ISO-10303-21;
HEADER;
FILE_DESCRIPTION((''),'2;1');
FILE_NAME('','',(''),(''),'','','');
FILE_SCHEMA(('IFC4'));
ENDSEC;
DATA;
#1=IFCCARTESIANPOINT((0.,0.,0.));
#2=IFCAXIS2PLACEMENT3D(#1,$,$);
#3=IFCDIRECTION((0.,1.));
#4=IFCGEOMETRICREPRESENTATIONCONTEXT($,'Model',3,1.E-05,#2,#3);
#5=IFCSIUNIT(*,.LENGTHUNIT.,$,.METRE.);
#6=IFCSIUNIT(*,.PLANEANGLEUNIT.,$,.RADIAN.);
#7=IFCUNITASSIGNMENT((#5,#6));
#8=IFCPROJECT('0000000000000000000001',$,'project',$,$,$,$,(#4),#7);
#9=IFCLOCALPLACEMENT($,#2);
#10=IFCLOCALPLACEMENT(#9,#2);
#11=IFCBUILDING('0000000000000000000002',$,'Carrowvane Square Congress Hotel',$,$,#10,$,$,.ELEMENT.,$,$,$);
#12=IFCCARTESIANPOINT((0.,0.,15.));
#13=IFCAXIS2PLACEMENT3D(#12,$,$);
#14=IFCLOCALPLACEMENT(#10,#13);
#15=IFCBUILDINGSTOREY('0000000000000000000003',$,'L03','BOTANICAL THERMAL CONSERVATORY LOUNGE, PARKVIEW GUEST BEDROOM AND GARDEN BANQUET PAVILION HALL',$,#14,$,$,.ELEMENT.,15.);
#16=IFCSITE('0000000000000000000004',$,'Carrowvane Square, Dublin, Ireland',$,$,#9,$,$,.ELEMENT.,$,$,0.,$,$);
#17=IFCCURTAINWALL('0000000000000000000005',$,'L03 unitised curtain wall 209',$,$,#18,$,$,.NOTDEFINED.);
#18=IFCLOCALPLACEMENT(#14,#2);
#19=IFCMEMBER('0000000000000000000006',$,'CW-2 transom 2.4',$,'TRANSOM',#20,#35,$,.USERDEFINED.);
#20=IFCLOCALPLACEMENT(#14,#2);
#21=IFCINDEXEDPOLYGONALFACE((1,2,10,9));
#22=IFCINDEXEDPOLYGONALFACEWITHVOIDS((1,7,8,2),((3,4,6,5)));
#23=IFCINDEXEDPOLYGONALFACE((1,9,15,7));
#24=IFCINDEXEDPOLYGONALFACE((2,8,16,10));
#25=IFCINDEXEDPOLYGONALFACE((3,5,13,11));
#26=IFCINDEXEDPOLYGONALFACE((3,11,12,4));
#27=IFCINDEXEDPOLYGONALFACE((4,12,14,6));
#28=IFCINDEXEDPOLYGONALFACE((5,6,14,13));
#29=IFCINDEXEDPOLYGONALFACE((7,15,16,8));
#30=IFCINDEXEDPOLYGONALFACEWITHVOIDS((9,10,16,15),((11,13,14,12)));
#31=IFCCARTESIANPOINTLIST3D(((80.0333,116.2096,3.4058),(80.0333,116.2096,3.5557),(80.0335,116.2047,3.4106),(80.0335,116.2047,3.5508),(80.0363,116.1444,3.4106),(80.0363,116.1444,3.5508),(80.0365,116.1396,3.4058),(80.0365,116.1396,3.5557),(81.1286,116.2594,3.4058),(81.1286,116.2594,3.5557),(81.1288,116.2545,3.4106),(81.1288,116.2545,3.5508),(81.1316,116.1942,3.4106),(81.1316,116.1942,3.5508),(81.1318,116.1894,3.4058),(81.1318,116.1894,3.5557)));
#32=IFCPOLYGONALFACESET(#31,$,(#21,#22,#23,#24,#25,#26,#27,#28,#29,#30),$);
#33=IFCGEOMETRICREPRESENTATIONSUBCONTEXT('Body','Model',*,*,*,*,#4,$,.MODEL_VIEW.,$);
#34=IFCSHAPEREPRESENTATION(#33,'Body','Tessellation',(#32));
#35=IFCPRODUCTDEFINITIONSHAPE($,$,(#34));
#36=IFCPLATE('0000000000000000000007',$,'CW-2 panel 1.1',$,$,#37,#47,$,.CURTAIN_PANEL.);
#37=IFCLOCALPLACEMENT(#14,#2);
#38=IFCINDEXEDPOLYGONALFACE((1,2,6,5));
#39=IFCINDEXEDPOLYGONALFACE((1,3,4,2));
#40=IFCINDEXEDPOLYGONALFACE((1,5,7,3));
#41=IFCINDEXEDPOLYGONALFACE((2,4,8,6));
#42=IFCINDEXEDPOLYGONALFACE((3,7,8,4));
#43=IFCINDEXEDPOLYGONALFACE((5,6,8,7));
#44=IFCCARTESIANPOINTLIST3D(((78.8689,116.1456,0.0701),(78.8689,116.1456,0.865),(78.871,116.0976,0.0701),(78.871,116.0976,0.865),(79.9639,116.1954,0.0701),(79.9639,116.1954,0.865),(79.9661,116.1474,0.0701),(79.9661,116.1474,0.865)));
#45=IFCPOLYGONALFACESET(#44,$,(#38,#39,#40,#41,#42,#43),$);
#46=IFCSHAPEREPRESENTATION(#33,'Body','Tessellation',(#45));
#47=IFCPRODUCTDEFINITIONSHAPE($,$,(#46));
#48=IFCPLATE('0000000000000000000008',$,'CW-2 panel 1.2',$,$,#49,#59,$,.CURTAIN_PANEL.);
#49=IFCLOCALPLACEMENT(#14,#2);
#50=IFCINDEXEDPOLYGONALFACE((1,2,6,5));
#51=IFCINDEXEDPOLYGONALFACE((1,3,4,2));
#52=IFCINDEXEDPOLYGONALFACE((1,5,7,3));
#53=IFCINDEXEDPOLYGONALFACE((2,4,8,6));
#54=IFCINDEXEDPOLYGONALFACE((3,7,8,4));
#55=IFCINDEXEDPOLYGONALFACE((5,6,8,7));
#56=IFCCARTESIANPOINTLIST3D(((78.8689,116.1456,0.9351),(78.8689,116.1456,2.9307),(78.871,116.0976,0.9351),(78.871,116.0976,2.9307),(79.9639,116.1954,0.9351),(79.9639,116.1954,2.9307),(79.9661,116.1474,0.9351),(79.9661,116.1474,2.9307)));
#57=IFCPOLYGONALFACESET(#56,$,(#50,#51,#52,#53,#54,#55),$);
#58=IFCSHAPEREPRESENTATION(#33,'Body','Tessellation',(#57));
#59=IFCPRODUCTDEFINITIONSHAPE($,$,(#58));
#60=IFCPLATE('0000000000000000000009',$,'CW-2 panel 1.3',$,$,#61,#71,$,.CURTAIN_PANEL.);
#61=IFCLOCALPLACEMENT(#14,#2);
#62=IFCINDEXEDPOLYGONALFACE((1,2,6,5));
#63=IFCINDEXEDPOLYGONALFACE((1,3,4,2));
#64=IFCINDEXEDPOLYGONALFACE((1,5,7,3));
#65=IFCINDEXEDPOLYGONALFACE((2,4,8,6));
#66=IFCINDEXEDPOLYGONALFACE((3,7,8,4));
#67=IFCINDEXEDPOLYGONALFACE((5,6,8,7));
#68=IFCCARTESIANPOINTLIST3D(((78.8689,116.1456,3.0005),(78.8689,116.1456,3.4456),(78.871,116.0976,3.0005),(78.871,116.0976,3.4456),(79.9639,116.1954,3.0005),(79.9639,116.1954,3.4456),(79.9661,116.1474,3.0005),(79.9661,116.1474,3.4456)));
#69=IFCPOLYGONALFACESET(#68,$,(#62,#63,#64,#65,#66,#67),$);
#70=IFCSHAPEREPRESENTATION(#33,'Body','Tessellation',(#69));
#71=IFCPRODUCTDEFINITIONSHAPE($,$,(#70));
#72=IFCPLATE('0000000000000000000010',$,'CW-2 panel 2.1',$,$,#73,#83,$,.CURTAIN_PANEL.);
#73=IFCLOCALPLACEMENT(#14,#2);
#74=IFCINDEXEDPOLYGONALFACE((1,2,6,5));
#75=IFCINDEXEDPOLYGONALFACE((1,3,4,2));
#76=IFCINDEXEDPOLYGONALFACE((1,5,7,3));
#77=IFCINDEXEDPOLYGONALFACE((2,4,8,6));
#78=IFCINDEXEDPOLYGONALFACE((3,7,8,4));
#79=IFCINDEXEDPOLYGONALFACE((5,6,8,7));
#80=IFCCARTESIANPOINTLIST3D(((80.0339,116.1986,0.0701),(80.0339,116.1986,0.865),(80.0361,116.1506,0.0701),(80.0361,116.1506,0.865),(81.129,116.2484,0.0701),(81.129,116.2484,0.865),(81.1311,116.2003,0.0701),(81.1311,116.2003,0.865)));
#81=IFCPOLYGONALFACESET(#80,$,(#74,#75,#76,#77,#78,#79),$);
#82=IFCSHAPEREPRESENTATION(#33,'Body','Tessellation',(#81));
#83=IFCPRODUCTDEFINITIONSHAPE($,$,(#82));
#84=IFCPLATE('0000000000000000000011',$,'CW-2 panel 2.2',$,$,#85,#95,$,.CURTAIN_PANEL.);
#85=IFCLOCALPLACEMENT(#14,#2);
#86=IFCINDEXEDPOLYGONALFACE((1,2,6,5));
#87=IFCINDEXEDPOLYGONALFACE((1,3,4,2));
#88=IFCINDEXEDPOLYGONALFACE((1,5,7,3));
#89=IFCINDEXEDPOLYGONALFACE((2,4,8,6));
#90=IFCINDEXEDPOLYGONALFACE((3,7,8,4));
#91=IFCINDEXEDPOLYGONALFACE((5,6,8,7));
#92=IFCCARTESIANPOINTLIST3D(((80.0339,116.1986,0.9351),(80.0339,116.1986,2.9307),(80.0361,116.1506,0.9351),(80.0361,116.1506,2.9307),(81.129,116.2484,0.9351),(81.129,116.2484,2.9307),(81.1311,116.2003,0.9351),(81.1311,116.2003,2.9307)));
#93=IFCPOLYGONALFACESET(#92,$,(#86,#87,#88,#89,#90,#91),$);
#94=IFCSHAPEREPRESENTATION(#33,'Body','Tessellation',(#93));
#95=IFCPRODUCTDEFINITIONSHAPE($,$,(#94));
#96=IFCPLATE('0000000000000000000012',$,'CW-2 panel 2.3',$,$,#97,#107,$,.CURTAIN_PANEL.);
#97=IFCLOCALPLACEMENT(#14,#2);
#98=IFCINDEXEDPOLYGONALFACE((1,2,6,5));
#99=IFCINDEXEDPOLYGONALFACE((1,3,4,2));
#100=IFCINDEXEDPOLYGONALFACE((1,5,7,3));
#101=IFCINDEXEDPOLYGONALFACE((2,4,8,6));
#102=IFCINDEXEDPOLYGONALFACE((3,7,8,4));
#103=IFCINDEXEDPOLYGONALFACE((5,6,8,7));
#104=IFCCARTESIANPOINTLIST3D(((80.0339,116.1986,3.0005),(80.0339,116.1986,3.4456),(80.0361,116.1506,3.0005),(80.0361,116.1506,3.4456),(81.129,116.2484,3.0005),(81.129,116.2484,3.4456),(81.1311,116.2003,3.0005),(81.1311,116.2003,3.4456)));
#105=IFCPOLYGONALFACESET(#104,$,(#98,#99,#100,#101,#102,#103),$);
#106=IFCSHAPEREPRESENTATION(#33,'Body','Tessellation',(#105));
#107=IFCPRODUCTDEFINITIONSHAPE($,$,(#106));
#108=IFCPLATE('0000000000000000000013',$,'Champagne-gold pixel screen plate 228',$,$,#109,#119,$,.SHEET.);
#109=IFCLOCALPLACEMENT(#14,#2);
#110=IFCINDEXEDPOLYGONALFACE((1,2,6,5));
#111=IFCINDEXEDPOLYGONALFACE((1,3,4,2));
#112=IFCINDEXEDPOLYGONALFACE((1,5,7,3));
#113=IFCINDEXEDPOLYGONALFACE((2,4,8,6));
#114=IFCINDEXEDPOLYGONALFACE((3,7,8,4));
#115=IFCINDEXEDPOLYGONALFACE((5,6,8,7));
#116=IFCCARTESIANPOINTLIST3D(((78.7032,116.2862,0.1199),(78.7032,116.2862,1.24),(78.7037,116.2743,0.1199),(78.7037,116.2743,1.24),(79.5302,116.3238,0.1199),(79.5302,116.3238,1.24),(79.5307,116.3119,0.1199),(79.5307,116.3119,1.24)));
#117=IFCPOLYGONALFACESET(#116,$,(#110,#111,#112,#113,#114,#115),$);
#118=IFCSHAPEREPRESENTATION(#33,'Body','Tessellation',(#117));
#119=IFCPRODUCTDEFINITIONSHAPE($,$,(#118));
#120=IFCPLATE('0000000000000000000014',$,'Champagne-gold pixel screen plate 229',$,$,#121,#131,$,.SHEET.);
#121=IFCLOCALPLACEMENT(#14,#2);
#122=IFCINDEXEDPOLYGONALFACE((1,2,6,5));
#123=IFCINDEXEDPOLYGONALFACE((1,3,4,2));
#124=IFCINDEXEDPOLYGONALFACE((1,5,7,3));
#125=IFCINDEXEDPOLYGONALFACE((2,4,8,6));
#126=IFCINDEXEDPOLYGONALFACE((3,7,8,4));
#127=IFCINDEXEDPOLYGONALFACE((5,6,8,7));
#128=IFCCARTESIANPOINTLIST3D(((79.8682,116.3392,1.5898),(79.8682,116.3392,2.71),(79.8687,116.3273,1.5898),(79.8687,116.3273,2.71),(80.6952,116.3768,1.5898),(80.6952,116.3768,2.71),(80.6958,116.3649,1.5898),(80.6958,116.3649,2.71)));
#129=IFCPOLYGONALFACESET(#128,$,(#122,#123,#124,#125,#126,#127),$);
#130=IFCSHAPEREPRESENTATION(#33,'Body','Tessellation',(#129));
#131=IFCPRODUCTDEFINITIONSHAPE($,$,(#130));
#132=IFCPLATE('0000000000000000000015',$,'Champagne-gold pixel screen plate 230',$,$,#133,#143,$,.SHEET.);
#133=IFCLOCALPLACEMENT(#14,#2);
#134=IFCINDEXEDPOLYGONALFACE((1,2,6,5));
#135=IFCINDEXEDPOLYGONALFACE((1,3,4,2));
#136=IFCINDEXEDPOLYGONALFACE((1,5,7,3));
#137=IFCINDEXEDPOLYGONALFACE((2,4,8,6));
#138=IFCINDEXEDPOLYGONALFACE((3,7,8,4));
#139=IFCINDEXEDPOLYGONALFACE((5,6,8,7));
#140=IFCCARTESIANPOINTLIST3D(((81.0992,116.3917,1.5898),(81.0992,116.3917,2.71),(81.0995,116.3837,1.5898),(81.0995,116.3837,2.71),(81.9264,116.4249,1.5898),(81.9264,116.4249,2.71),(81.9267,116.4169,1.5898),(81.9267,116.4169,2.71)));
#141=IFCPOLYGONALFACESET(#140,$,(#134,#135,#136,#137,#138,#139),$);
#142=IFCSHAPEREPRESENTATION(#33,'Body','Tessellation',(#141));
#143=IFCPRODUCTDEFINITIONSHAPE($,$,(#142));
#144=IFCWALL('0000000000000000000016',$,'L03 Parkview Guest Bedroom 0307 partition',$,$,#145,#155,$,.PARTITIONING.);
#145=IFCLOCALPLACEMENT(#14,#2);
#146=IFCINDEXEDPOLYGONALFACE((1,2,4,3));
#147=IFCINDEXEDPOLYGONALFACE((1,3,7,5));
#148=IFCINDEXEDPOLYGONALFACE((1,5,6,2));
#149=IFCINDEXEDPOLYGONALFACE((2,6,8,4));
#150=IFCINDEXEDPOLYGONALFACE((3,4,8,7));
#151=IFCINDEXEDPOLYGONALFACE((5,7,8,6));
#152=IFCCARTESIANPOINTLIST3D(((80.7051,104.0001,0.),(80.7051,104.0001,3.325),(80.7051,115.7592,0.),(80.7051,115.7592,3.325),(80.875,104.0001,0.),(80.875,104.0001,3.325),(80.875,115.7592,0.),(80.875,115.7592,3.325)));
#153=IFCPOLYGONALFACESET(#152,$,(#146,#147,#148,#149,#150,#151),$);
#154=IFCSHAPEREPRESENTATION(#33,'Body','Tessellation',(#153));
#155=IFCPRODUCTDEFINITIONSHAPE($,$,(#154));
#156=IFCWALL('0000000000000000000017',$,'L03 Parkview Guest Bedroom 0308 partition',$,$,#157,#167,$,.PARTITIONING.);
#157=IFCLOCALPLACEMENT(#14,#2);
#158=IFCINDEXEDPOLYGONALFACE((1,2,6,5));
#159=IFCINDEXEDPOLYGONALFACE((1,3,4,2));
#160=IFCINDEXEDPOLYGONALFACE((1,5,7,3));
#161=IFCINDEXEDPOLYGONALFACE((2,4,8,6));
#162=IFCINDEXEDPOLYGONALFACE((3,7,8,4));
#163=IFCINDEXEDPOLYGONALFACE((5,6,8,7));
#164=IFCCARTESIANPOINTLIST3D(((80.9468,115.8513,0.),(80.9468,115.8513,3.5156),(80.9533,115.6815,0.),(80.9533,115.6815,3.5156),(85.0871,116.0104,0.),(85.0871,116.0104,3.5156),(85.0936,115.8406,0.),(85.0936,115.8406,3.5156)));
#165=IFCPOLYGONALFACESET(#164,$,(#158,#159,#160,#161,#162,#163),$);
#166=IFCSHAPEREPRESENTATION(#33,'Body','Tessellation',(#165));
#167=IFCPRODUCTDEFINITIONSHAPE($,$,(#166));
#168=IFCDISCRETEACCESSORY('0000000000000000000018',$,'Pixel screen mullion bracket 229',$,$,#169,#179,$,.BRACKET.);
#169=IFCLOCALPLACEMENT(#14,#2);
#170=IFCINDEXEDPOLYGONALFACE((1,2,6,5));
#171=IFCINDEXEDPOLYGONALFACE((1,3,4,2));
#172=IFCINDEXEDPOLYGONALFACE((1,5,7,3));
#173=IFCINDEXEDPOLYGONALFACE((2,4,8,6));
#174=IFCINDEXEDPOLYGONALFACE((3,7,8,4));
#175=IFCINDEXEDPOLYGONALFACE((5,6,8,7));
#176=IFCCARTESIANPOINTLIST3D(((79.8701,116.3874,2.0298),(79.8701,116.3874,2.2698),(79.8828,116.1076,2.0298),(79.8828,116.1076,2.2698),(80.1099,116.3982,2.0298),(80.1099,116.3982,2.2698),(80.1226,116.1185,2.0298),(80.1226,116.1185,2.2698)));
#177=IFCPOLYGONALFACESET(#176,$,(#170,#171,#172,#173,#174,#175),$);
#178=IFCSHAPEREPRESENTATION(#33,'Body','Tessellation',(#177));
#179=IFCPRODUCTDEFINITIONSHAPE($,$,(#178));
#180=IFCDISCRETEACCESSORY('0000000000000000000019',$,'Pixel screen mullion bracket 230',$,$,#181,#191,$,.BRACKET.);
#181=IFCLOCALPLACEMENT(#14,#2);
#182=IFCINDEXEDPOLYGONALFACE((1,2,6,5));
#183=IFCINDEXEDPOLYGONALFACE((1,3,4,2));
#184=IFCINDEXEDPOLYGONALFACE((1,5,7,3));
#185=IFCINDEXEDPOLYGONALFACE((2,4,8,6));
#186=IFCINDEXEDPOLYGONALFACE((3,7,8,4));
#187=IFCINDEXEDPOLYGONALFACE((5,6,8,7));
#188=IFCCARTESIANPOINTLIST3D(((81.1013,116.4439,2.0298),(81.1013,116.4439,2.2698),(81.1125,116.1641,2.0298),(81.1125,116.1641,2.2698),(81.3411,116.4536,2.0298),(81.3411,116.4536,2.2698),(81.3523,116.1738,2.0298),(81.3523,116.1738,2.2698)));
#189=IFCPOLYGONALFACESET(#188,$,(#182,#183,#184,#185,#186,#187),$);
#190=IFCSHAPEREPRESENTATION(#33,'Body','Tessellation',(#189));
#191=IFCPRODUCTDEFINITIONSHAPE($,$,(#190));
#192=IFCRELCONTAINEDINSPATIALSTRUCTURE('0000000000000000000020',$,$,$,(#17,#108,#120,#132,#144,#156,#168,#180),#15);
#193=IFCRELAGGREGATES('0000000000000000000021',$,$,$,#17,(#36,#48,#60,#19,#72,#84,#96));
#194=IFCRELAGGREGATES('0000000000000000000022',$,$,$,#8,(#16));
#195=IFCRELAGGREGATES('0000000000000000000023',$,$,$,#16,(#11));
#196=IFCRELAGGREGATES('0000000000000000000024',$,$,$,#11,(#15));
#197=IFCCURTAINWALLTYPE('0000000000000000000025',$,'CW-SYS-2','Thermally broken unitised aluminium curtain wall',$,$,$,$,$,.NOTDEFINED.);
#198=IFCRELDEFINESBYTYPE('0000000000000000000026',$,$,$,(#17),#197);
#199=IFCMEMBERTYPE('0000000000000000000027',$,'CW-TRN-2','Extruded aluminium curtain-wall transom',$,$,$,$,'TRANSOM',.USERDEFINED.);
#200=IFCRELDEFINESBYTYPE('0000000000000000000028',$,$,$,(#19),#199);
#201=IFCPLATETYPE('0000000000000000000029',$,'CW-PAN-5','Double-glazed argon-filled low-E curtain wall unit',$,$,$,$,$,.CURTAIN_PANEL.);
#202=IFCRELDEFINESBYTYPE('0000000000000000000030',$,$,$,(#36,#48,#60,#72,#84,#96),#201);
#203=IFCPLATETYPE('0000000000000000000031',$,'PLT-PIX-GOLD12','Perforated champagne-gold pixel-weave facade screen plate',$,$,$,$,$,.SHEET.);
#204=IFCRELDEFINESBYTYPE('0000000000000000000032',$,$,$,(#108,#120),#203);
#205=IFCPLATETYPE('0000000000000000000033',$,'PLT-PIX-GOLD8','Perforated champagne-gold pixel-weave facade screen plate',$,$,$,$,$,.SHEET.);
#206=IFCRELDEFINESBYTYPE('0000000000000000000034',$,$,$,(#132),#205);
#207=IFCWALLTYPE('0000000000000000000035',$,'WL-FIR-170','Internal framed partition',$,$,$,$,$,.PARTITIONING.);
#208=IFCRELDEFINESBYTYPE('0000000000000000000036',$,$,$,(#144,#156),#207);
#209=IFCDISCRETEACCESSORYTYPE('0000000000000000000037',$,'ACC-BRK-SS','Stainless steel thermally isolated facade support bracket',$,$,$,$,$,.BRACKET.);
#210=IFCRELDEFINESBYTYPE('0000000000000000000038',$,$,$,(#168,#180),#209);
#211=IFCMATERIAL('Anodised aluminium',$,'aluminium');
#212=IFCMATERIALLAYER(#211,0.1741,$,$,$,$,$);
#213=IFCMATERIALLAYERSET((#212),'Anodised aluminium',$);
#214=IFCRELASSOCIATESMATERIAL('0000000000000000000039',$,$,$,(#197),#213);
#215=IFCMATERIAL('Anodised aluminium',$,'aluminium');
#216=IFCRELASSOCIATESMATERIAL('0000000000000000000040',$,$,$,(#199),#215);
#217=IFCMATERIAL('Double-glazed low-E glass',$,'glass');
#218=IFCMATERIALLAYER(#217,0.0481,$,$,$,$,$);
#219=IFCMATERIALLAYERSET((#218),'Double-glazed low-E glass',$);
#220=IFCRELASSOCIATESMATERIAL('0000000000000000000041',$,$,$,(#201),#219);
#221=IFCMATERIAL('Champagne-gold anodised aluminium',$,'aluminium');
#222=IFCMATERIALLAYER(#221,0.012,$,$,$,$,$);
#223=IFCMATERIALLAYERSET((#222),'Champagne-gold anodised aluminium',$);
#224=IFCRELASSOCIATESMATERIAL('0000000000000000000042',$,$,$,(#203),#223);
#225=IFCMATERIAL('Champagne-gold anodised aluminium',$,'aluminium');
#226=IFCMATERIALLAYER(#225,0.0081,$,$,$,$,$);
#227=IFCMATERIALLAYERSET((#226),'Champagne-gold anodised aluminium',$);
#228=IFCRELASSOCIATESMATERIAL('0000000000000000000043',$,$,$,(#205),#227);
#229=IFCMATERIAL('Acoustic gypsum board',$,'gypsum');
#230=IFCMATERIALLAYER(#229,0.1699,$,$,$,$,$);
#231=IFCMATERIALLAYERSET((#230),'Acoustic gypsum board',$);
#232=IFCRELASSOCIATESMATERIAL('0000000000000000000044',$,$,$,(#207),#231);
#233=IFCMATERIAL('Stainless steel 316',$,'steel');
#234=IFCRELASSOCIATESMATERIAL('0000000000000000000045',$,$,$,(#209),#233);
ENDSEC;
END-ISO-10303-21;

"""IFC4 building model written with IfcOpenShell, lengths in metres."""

from ifc_helpers import new_model, si_unit, direction, frame, frame_2d, origin, origin_2d, place, context, subcontext, project, spatial, rectangle, hollow_rectangle, extrude, material, layer, layer_set, material_profile, profile_set, type_object, element, aggregate, save


model = new_model("IFC4")

# Units and contexts
model_context = context("Model", 3, precision=1e-05, world=origin(), true_north=direction((0.0, 1.0)))
body_context = subcontext(model_context, "Body", "Model", "MODEL_VIEW")
ifc_project = project(units=[si_unit("LENGTHUNIT", "METRE"), si_unit("PLANEANGLEUNIT", "RADIAN")], contexts=[model_context])

# Site, building, storey
site_placement = place(None, origin())
site = spatial("IfcSite", under=ifc_project, at=site_placement, Name="Carrowvane Square, Dublin, Ireland", CompositionType="ELEMENT", RefElevation=0.0)
building_placement = place(site_placement, origin())
building = spatial("IfcBuilding", under=site, at=building_placement, Name="Carrowvane Square Congress Hotel", CompositionType="ELEMENT")
storey_placement = place(building_placement, frame((0.0, 0.0, 15.0)))
storey = spatial("IfcBuildingStorey", under=building, at=storey_placement, Name="L03", Description="BOTANICAL THERMAL CONSERVATORY LOUNGE, PARKVIEW GUEST BEDROOM AND GARDEN BANQUET PAVILION HALL", CompositionType="ELEMENT", Elevation=15.0)

# Curtain wall
ifc_material_1 = material(Name="Anodised aluminium", Category="aluminium")
ifc_layer_1 = layer(ifc_material_1, 0.1741)
ifc_layer_set_1 = layer_set([ifc_layer_1], Name="Anodised aluminium")
curtain_wall_type_1 = type_object("IfcCurtainWallType", Name="CW-SYS-2", Description="Thermally broken unitised aluminium curtain wall", PredefinedType="NOTDEFINED", material=ifc_layer_set_1)
curtain_wall_1_placement = place(storey_placement, origin())
curtain_wall_1 = element("IfcCurtainWall", 1, at=curtain_wall_1_placement, inside=storey, type_object=curtain_wall_type_1, Name="L03 unitised curtain wall 209", PredefinedType="NOTDEFINED")

# Member
ifc_material_2 = material(Name="Anodised aluminium", Category="aluminium")
ifc_material_profile_1 = material_profile(ifc_material_2, hollow_rectangle(XDim=0.0701, YDim=0.1499, WallThickness=0.0049, at=origin_2d()), Name="CW-TR 70x150x5")
ifc_profile_set_1 = profile_set([ifc_material_profile_1], Name="Anodised aluminium")
member_type_1 = type_object("IfcMemberType", Name="CW-TRN-2", Description="Extruded aluminium curtain-wall transom", ElementType="TRANSOM", PredefinedType="USERDEFINED", material=ifc_profile_set_1)
member_1_placement = place(storey_placement, frame((80.0349, 116.1746, 3.4807), z_axis=(0.998968, 0.045428, 0.0), x_axis=(-0.045428, 0.998968, 0.0)))
member_1 = element("IfcMember", 2, at=member_1_placement, type_object=member_type_1, Name="CW-2 transom 2.4", ObjectType="TRANSOM", PredefinedType="USERDEFINED", context=body_context, shape_type="SweptSolid", body=[
    extrude(hollow_rectangle(XDim=0.0701, YDim=0.1499, WallThickness=0.0049, at=origin_2d()), origin(), (0.0, 0.0, 1.0), 1.0964),
])

# Plates
ifc_material_3 = material(Name="Double-glazed low-E glass", Category="glass")
ifc_layer_2 = layer(ifc_material_3, 0.0481)
ifc_layer_set_2 = layer_set([ifc_layer_2], Name="Double-glazed low-E glass")
plate_type_1 = type_object("IfcPlateType", Name="CW-PAN-5", Description="Double-glazed argon-filled low-E curtain wall unit", PredefinedType="CURTAIN_PANEL", material=ifc_layer_set_2)
plate_1_placement = place(storey_placement, frame((79.4175, 116.1465, 0.0701), z_axis=(0.0, 0.0, 1.0), x_axis=(0.998968, 0.045411, 0.0)))
plate_1 = element("IfcPlate", 3, at=plate_1_placement, type_object=plate_type_1, Name="CW-2 panel 1.1", PredefinedType="CURTAIN_PANEL", context=body_context, shape_type="SweptSolid", body=[
    extrude(rectangle(XDim=1.0962, YDim=0.0481, at=origin_2d()), origin(), (0.0, 0.0, 1.0), 0.7949),
])
plate_2_placement = place(storey_placement, frame((79.4175, 116.1465, 0.9351), z_axis=(0.0, 0.0, 1.0), x_axis=(0.998968, 0.045411, 0.0)))
plate_2 = element("IfcPlate", 4, at=plate_2_placement, type_object=plate_type_1, Name="CW-2 panel 1.2", PredefinedType="CURTAIN_PANEL", context=body_context, shape_type="SweptSolid", body=[
    extrude(rectangle(XDim=1.0962, YDim=0.0481, at=origin_2d()), origin(), (0.0, 0.0, 1.0), 1.9956),
])
plate_3_placement = place(storey_placement, frame((79.4175, 116.1465, 3.0005), z_axis=(0.0, 0.0, 1.0), x_axis=(0.998968, 0.045411, 0.0)))
plate_3 = element("IfcPlate", 5, at=plate_3_placement, type_object=plate_type_1, Name="CW-2 panel 1.3", PredefinedType="CURTAIN_PANEL", context=body_context, shape_type="SweptSolid", body=[
    extrude(rectangle(XDim=1.0962, YDim=0.0481, at=origin_2d()), origin(), (0.0, 0.0, 1.0), 0.4451),
])
plate_4_placement = place(storey_placement, frame((80.5825, 116.1995, 0.0701), z_axis=(0.0, 0.0, 1.0), x_axis=(0.998968, 0.045411, 0.0)))
plate_4 = element("IfcPlate", 6, at=plate_4_placement, type_object=plate_type_1, Name="CW-2 panel 2.1", PredefinedType="CURTAIN_PANEL", context=body_context, shape_type="SweptSolid", body=[
    extrude(rectangle(XDim=1.0962, YDim=0.0481, at=origin_2d()), origin(), (0.0, 0.0, 1.0), 0.7949),
])
plate_5_placement = place(storey_placement, frame((80.5825, 116.1995, 0.9351), z_axis=(0.0, 0.0, 1.0), x_axis=(0.998968, 0.045411, 0.0)))
plate_5 = element("IfcPlate", 7, at=plate_5_placement, type_object=plate_type_1, Name="CW-2 panel 2.2", PredefinedType="CURTAIN_PANEL", context=body_context, shape_type="SweptSolid", body=[
    extrude(rectangle(XDim=1.0962, YDim=0.0481, at=origin_2d()), origin(), (0.0, 0.0, 1.0), 1.9956),
])
plate_6_placement = place(storey_placement, frame((80.5825, 116.1995, 3.0005), z_axis=(0.0, 0.0, 1.0), x_axis=(0.998968, 0.045411, 0.0)))
plate_6 = element("IfcPlate", 8, at=plate_6_placement, type_object=plate_type_1, Name="CW-2 panel 2.3", PredefinedType="CURTAIN_PANEL", context=body_context, shape_type="SweptSolid", body=[
    extrude(rectangle(XDim=1.0962, YDim=0.0481, at=origin_2d()), origin(), (0.0, 0.0, 1.0), 0.4451),
])
aggregate(curtain_wall_1, [plate_1, plate_2, plate_3, member_1, plate_4, plate_5, plate_6])

# Plates
ifc_material_4 = material(Name="Champagne-gold anodised aluminium", Category="aluminium")
ifc_layer_3 = layer(ifc_material_4, 0.012)
ifc_layer_set_3 = layer_set([ifc_layer_3], Name="Champagne-gold anodised aluminium")
plate_type_2 = type_object("IfcPlateType", Name="PLT-PIX-GOLD12", Description="Perforated champagne-gold pixel-weave facade screen plate", PredefinedType="SHEET", material=ifc_layer_set_3)
for number, where, z_axis, x_axis, name in (
    (9, (79.1169, 116.2991, 0.1199), (0.0, 0.0, 1.0), (0.998968, 0.045414, 0.0), "Champagne-gold pixel screen plate 228"),
    (10, (80.282, 116.3521, 1.5898), (0.0, 0.0, 1.0), (0.998968, 0.045414, 0.0), "Champagne-gold pixel screen plate 229"),
):
    element("IfcPlate", number, at=place(storey_placement, frame(where, z_axis=z_axis, x_axis=x_axis)), inside=storey, type_object=plate_type_2, Name=name, PredefinedType="SHEET", context=body_context, shape_type="SweptSolid", body=[
        extrude(rectangle(XDim=0.8279, YDim=0.012, at=origin_2d()), origin(), (0.0, 0.0, 1.0), 1.1201),
    ])
ifc_material_5 = material(Name="Champagne-gold anodised aluminium", Category="aluminium")
ifc_layer_4 = layer(ifc_material_5, 0.0081)
ifc_layer_set_4 = layer_set([ifc_layer_4], Name="Champagne-gold anodised aluminium")
plate_type_3 = type_object("IfcPlateType", Name="PLT-PIX-GOLD8", Description="Perforated champagne-gold pixel-weave facade screen plate", PredefinedType="SHEET", material=ifc_layer_set_4)
plate_7_placement = place(storey_placement, frame((81.5129, 116.4043, 1.5898), z_axis=(0.0, 0.0, 1.0), x_axis=(0.999194, 0.040134, 0.0)))
element("IfcPlate", 11, at=plate_7_placement, inside=storey, type_object=plate_type_3, Name="Champagne-gold pixel screen plate 230", PredefinedType="SHEET", context=body_context, shape_type="SweptSolid", body=[
    extrude(rectangle(XDim=0.8279, YDim=0.0081, at=origin_2d()), origin(), (0.0, 0.0, 1.0), 1.1201),
])

# Walls
ifc_material_6 = material(Name="Acoustic gypsum board", Category="gypsum")
ifc_layer_5 = layer(ifc_material_6, 0.1699)
ifc_layer_set_5 = layer_set([ifc_layer_5], Name="Acoustic gypsum board")
wall_type = type_object("IfcWallType", Name="WL-FIR-170", Description="Internal framed partition", PredefinedType="PARTITIONING", material=ifc_layer_set_5)
wall_1_placement = place(storey_placement, frame((80.79, 115.759, 0.0), z_axis=(0.0, 0.0, 1.0), x_axis=(0.0, -1.0, 0.0)))
element("IfcWall", 12, at=wall_1_placement, inside=storey, type_object=wall_type, Name="L03 Parkview Guest Bedroom 0307 partition", PredefinedType="PARTITIONING", context=body_context, shape_type="SweptSolid", body=[
    extrude(rectangle(XDim=11.759, YDim=0.1699, at=frame_2d((5.8794, 0.0))), origin(), (0.0, 0.0, 1.0), 3.325),
])
wall_2_placement = place(storey_placement, frame((80.95, 115.7664, 0.0), z_axis=(0.0, 0.0, 1.0), x_axis=(0.999262, 0.03842, 0.0)))
element("IfcWall", 13, at=wall_2_placement, inside=storey, type_object=wall_type, Name="L03 Parkview Guest Bedroom 0308 partition", PredefinedType="PARTITIONING", context=body_context, shape_type="SweptSolid", body=[
    extrude(rectangle(XDim=4.1433, YDim=0.1699, at=frame_2d((2.0718, 0.0))), origin(), (0.0, 0.0, 1.0), 3.5156),
])

# Discrete accessories
ifc_material_7 = material(Name="Stainless steel 316", Category="steel")
discrete_accessory_type = type_object("IfcDiscreteAccessoryType", Name="ACC-BRK-SS", Description="Stainless steel thermally isolated facade support bracket", PredefinedType="BRACKET", material=ifc_material_7)
for number, where, z_axis, x_axis, name in (
    (14, (79.9963, 116.2529, 2.0298), (0.0, 0.0, 1.0), (0.998968, 0.045414, 0.0), "Pixel screen mullion bracket 229"),
    (15, (81.2268, 116.3088, 2.0298), (0.0, 0.0, 1.0), (0.999194, 0.040134, 0.0), "Pixel screen mullion bracket 230"),
):
    element("IfcDiscreteAccessory", number, at=place(storey_placement, frame(where, z_axis=z_axis, x_axis=x_axis)), inside=storey, type_object=discrete_accessory_type, Name=name, PredefinedType="BRACKET", context=body_context, shape_type="SweptSolid", body=[
        extrude(rectangle(XDim=0.24, YDim=0.28, at=origin_2d()), origin(), (0.0, 0.0, 1.0), 0.24),
    ])

save(model, "model.ifc")
